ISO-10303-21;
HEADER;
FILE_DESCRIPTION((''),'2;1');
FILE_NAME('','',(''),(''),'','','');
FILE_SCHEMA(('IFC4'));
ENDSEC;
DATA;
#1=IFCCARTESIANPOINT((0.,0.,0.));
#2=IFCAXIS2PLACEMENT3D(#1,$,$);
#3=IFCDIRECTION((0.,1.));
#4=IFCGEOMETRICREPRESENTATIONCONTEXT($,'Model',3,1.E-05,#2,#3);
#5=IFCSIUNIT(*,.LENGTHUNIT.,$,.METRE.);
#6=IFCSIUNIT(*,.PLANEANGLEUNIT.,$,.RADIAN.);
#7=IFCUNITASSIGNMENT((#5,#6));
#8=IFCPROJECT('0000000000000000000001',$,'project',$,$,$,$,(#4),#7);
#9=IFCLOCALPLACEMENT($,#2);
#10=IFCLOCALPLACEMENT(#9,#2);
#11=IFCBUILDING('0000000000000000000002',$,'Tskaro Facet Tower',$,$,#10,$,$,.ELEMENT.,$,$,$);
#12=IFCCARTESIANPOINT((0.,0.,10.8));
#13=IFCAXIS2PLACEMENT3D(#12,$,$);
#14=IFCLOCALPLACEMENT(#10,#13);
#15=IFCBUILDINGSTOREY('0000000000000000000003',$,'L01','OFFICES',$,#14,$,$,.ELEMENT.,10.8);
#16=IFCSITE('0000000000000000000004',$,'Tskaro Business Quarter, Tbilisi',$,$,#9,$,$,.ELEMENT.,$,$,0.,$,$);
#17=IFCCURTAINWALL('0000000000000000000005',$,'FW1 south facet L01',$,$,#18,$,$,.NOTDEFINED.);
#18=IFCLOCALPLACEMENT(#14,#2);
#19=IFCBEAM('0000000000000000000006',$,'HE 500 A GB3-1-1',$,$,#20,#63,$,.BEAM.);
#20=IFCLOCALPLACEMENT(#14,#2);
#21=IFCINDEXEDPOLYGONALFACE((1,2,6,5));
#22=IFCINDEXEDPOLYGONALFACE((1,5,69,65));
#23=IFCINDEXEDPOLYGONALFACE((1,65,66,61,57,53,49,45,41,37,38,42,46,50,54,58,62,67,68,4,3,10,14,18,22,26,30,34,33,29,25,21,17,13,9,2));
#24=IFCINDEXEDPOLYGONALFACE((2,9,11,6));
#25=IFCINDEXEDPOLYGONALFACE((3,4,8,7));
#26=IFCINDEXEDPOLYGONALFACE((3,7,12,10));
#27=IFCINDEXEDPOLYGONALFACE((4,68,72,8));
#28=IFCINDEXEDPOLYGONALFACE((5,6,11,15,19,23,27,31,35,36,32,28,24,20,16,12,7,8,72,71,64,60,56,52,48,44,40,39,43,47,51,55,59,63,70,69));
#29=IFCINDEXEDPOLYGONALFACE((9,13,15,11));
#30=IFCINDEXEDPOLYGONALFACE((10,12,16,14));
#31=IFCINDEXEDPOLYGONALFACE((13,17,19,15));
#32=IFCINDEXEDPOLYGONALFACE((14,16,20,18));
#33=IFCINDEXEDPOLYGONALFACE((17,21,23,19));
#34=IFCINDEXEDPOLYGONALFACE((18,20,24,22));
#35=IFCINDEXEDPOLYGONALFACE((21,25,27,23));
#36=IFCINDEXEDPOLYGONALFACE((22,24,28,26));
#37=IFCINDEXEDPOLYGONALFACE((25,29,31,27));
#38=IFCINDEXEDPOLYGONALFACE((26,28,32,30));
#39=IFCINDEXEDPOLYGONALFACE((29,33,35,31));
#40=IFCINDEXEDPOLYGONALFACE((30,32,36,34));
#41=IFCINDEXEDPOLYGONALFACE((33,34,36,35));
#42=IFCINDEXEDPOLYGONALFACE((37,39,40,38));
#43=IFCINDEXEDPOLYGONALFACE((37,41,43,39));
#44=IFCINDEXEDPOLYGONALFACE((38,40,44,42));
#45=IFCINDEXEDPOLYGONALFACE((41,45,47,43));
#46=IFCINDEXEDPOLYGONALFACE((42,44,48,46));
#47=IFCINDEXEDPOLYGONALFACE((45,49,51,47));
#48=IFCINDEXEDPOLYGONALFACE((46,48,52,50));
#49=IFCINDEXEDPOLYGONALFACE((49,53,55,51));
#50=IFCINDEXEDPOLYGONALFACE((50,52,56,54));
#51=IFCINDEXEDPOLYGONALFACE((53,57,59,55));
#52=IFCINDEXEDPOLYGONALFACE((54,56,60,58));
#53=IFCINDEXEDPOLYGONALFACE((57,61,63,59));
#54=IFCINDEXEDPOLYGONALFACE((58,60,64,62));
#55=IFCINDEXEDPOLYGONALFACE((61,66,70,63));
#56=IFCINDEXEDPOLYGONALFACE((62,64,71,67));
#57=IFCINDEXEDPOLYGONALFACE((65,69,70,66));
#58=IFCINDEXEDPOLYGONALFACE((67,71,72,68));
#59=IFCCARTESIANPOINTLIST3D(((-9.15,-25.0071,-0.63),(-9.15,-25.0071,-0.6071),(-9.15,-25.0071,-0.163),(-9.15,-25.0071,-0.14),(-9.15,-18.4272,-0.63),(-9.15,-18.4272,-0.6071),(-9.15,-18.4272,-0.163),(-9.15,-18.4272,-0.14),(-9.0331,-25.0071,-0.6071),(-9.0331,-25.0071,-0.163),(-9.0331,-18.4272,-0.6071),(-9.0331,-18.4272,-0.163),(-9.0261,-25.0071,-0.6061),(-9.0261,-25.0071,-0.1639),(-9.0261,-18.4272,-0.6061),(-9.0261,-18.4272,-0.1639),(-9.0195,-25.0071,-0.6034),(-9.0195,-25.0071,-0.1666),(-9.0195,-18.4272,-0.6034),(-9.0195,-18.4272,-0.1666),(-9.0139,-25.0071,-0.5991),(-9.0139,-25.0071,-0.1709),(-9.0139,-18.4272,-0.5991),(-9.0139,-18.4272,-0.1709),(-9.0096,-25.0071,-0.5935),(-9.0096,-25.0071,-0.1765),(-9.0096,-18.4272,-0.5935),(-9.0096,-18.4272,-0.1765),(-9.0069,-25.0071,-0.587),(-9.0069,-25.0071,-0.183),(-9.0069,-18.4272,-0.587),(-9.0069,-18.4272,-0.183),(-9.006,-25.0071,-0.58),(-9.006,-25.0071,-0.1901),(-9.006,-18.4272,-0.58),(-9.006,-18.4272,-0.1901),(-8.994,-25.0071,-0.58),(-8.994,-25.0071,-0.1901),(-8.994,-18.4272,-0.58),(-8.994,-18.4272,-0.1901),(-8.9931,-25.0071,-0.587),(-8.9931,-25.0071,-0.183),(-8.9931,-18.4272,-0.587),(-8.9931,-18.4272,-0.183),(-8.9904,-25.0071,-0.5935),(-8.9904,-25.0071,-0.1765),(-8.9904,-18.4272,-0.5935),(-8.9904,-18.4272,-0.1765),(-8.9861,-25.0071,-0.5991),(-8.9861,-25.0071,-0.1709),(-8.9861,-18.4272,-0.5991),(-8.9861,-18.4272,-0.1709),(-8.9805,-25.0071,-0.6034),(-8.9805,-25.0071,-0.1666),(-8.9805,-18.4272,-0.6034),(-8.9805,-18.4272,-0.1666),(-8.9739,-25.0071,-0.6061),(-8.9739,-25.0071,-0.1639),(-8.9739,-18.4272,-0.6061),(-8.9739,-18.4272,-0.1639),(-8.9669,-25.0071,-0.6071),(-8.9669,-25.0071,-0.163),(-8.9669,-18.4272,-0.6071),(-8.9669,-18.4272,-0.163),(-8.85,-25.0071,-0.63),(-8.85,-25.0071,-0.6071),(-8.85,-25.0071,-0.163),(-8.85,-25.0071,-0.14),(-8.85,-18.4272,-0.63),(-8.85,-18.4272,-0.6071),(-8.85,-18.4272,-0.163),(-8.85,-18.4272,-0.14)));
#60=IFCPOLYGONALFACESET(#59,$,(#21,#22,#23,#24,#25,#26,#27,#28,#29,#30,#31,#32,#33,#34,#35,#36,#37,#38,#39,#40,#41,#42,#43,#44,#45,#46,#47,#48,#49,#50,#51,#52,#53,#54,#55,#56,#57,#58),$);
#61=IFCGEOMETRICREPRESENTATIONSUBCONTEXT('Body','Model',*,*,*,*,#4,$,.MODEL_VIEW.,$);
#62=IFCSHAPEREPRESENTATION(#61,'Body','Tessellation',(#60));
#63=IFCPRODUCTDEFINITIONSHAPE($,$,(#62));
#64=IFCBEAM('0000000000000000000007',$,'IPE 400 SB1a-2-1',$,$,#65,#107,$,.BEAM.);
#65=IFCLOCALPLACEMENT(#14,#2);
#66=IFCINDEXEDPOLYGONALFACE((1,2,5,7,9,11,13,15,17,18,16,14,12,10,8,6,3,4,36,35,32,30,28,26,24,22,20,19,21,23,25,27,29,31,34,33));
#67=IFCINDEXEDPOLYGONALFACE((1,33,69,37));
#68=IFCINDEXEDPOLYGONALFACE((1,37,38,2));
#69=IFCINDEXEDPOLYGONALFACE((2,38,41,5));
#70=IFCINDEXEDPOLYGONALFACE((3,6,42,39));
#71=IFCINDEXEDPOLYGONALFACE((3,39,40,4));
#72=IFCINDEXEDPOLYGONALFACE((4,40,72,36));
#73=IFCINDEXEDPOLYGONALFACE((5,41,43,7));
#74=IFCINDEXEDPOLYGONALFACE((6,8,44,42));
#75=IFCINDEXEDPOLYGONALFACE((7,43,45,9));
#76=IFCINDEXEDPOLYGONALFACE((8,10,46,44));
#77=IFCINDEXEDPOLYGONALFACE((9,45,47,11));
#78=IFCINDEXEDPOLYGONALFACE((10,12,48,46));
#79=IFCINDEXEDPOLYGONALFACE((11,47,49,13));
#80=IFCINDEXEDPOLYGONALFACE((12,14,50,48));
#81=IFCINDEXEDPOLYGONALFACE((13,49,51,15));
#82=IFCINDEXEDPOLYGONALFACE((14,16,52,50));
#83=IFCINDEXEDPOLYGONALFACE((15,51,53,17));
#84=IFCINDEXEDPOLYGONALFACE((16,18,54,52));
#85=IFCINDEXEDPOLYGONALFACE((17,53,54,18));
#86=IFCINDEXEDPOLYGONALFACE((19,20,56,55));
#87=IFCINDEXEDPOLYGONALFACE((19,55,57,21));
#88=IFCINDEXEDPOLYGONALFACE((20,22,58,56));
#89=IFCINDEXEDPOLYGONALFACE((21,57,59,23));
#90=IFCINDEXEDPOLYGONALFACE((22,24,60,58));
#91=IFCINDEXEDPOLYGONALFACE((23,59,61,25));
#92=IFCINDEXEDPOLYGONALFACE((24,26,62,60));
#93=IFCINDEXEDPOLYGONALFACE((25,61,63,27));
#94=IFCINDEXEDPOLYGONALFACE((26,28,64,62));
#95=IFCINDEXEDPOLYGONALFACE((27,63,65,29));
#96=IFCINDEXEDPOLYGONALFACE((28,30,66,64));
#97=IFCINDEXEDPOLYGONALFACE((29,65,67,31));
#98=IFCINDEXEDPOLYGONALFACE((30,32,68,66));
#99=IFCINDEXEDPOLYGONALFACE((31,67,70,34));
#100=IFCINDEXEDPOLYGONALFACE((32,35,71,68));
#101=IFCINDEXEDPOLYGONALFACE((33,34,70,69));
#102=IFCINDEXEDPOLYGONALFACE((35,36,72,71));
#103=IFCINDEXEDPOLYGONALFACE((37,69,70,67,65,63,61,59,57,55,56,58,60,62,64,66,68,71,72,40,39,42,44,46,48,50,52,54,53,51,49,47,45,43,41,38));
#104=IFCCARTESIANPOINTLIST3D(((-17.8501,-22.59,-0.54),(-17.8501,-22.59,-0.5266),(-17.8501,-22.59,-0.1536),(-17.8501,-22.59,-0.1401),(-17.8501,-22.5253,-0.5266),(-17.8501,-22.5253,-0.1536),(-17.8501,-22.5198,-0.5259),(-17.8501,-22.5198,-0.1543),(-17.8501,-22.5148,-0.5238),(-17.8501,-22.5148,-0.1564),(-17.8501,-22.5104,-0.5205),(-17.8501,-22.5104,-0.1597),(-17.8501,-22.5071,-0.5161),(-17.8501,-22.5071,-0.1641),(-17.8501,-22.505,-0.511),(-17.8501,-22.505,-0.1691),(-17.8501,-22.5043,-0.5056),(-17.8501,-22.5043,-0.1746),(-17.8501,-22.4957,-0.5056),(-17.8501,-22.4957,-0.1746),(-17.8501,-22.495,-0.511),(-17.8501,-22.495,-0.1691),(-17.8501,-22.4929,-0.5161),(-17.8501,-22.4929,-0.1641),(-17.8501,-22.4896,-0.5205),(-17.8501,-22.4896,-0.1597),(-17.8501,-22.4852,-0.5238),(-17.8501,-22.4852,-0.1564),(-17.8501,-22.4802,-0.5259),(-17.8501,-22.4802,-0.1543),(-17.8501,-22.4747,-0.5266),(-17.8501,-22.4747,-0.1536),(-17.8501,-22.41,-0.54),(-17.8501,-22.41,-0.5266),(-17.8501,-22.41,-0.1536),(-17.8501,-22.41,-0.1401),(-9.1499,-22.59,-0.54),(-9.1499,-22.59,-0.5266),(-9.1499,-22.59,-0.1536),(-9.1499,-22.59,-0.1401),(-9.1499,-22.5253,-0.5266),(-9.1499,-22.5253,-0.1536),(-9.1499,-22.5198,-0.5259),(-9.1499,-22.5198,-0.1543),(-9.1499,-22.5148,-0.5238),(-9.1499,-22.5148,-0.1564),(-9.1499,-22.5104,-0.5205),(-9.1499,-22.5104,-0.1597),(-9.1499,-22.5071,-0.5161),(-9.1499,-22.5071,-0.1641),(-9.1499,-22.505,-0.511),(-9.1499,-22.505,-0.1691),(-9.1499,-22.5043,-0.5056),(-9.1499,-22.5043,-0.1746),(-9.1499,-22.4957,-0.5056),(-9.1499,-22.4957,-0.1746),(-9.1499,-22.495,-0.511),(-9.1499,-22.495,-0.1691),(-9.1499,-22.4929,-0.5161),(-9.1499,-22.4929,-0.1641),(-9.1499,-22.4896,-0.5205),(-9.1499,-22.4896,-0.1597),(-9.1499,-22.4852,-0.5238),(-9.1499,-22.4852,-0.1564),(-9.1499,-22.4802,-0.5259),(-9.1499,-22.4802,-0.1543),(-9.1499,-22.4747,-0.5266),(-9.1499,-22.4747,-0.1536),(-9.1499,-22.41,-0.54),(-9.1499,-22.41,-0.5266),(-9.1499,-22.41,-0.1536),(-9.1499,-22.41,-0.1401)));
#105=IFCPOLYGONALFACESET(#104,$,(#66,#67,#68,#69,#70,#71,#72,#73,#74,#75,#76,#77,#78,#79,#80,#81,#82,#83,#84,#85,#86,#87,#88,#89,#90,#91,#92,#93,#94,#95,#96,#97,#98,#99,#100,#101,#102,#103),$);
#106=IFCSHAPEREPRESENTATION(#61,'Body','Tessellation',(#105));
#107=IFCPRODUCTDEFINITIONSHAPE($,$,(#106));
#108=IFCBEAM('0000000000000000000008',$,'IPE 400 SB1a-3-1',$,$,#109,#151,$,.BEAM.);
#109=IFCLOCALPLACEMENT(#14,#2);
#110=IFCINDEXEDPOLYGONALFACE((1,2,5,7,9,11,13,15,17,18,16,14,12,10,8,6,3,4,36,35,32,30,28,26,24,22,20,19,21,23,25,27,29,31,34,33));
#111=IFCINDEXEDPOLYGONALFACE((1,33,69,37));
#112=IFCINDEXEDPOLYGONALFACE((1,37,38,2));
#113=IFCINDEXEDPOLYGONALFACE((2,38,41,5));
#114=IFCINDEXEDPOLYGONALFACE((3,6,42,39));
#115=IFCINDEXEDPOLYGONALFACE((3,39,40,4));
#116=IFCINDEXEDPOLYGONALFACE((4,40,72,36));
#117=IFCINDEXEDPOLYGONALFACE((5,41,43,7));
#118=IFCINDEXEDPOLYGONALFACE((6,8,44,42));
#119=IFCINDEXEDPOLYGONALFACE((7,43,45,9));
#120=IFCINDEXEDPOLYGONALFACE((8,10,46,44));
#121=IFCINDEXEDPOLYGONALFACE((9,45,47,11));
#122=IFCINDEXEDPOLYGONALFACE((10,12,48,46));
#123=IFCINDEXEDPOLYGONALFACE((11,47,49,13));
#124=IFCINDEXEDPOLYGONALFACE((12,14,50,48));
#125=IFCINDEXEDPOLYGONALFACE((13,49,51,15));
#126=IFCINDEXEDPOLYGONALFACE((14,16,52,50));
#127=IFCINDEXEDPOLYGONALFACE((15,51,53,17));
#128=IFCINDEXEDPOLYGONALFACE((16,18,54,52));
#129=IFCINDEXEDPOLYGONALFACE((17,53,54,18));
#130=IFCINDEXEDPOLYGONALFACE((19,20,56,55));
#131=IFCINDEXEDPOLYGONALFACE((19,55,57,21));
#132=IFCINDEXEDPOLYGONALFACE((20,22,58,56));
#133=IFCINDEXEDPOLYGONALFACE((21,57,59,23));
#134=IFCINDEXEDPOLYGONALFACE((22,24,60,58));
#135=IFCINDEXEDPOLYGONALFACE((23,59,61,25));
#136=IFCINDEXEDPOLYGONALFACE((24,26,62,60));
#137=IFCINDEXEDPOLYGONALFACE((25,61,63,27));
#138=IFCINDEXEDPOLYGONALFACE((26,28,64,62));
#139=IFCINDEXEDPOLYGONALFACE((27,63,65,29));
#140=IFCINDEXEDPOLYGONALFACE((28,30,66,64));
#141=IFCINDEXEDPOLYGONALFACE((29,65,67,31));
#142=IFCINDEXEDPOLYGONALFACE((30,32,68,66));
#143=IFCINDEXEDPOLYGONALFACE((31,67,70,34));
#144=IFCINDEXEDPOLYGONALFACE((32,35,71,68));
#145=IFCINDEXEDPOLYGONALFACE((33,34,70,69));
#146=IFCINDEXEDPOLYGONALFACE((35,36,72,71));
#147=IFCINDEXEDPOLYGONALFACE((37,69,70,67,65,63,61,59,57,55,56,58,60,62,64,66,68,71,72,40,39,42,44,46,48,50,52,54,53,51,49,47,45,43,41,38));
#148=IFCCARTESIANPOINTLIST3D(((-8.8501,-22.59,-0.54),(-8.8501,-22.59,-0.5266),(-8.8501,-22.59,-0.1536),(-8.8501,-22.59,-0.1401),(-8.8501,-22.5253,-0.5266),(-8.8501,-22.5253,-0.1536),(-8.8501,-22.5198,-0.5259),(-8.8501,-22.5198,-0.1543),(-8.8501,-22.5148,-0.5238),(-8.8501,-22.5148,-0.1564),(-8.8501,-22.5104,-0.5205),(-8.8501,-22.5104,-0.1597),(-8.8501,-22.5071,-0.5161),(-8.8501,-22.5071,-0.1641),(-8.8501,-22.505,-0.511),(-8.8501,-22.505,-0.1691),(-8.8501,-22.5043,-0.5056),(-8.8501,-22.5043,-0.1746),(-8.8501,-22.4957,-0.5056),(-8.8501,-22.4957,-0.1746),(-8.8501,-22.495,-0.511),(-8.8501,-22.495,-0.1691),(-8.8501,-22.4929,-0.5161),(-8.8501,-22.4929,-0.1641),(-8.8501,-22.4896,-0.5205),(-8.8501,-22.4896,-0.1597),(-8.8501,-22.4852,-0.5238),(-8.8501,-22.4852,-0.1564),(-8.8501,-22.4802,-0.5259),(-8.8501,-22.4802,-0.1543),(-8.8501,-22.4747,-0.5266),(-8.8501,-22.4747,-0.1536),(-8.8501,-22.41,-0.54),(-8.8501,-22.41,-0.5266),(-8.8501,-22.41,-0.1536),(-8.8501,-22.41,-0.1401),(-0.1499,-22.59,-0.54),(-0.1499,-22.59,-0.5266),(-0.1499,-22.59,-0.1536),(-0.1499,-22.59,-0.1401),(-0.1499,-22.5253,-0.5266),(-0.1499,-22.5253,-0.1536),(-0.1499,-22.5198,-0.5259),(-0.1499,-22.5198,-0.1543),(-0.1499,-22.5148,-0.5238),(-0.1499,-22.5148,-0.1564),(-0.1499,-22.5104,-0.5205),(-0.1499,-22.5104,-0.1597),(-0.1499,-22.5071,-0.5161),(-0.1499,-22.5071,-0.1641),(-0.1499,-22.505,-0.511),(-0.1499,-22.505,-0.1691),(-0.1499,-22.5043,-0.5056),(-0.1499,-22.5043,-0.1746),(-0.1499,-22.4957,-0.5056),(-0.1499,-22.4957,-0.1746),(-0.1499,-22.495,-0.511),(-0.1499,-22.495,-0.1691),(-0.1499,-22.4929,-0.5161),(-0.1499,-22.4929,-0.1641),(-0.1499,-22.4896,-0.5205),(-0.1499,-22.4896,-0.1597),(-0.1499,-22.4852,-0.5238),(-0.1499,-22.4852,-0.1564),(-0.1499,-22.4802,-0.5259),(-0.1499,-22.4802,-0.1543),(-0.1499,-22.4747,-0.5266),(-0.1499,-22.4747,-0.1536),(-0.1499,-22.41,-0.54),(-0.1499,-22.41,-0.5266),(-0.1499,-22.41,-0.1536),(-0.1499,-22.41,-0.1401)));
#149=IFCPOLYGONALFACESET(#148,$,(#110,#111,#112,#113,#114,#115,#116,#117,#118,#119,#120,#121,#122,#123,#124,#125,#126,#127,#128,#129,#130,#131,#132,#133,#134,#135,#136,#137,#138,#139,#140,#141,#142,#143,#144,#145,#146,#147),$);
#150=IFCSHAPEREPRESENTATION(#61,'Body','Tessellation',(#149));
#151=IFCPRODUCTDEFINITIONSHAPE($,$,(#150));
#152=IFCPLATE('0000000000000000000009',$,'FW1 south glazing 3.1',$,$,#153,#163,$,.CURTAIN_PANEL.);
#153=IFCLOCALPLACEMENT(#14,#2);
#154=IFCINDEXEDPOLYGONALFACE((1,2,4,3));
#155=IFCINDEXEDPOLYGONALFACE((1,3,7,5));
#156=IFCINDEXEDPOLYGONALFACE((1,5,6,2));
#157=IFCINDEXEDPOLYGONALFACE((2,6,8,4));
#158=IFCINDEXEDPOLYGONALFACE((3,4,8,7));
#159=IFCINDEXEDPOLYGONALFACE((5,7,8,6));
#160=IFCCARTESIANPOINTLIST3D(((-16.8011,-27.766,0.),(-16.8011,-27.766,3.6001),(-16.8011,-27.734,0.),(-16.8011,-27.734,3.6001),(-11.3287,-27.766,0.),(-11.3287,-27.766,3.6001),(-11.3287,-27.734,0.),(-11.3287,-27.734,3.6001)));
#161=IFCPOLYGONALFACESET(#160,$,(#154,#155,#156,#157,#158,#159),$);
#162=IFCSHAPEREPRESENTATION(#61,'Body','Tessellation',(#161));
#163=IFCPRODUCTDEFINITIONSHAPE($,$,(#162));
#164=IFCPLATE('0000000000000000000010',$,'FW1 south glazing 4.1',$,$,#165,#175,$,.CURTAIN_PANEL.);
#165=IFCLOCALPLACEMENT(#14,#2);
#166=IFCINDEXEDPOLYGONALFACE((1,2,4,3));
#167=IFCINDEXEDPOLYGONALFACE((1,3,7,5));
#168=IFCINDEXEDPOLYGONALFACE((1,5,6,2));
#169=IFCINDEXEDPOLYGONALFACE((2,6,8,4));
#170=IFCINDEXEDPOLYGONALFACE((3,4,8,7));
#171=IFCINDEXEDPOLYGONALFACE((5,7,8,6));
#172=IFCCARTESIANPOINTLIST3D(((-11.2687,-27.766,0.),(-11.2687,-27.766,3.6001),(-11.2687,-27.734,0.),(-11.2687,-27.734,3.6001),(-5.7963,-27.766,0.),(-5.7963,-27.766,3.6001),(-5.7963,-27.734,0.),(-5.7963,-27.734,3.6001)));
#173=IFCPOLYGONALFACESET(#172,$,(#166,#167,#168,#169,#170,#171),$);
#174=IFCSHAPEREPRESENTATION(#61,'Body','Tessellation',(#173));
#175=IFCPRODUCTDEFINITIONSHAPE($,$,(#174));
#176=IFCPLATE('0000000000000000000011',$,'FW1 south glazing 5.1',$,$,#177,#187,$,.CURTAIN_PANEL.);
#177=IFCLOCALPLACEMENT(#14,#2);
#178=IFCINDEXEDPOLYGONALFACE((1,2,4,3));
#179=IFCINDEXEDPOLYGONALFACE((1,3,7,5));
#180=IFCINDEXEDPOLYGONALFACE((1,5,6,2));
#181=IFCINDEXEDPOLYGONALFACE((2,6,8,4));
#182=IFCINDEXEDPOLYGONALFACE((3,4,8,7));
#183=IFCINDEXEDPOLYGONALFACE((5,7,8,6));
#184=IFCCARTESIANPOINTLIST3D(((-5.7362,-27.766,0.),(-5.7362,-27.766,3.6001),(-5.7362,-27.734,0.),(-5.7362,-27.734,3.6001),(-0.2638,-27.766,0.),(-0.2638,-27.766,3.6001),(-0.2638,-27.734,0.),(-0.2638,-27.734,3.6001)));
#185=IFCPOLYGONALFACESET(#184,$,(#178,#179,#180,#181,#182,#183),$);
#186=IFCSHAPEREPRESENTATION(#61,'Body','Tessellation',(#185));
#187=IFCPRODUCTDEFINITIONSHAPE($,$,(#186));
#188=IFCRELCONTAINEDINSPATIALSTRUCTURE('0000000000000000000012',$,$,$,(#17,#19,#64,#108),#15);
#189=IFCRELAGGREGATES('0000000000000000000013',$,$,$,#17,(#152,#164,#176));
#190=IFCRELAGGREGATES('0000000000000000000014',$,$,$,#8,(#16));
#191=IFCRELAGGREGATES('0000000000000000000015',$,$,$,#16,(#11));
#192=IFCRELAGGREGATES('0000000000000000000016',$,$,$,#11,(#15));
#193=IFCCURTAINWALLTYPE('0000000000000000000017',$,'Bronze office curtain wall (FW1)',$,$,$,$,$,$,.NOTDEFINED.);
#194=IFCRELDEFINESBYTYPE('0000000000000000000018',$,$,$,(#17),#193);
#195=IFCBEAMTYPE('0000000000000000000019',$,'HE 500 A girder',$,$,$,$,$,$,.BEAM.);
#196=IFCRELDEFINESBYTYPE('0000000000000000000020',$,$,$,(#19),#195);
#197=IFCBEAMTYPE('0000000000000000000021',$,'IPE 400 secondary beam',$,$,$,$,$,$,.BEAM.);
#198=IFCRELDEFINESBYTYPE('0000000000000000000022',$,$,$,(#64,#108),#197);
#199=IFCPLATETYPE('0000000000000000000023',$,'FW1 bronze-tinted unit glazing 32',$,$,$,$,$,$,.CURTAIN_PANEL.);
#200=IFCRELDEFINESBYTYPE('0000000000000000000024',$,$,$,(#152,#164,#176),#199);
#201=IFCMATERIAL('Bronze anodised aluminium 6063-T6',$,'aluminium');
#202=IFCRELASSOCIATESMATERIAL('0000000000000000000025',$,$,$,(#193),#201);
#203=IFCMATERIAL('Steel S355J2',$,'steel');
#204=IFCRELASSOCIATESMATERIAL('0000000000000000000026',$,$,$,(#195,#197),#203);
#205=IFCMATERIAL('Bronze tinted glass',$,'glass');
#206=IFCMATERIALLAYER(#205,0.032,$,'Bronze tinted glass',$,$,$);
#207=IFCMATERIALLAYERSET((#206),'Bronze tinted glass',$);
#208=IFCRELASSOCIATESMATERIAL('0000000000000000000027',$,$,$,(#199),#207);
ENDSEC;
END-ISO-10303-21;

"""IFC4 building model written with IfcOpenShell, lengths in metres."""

from ifc_helpers import new_model, si_unit, direction, frame, origin, origin_2d, place, context, subcontext, project, spatial, rectangle, i_section, extrude, material, layer, layer_set, material_profile, profile_set, type_object, element, aggregate, save


model = new_model("IFC4")

# Units and contexts
model_context = context("Model", 3, precision=1e-05, world=origin(), true_north=direction((0.0, 1.0)))
body_context = subcontext(model_context, "Body", "Model", "MODEL_VIEW")
ifc_project = project(units=[si_unit("LENGTHUNIT", "METRE"), si_unit("PLANEANGLEUNIT", "RADIAN")], contexts=[model_context])

# Site, building, storey
site_placement = place(None, origin())
site = spatial("IfcSite", under=ifc_project, at=site_placement, Name="Tskaro Business Quarter, Tbilisi", CompositionType="ELEMENT", RefElevation=0.0)
building_placement = place(site_placement, origin())
building = spatial("IfcBuilding", under=site, at=building_placement, Name="Tskaro Facet Tower", CompositionType="ELEMENT")
storey_placement = place(building_placement, frame((0.0, 0.0, 10.8)))
storey = spatial("IfcBuildingStorey", under=building, at=storey_placement, Name="L01", Description="OFFICES", CompositionType="ELEMENT", Elevation=10.8)

# Curtain wall
ifc_material_1 = material(Name="Bronze anodised aluminium 6063-T6", Category="aluminium")
curtain_wall_type = type_object("IfcCurtainWallType", Name="Bronze office curtain wall (FW1)", PredefinedType="NOTDEFINED", material=ifc_material_1)
curtain_wall_placement = place(storey_placement, origin())
curtain_wall = element("IfcCurtainWall", 1, at=curtain_wall_placement, inside=storey, type_object=curtain_wall_type, Name="FW1 south facet L01", PredefinedType="NOTDEFINED")

# Beams
ifc_material_2 = material(Name="Steel S355J2", Category="steel")
ifc_material_profile_1 = material_profile(ifc_material_2, i_section(OverallWidth=0.3, OverallDepth=0.49, WebThickness=0.012, FlangeThickness=0.0229, FilletRadius=0.0271, at=origin_2d()), Name="HE 500 A")
ifc_profile_set_1 = profile_set([ifc_material_profile_1], Name="Steel S355J2")
beam_type_1 = type_object("IfcBeamType", Name="HE 500 A girder", PredefinedType="BEAM", material=ifc_profile_set_1)
beam_1_placement = place(storey_placement, frame((-9.0, -25.0071, -0.385), z_axis=(0.0, 1.0, 0.0), x_axis=(-1.0, 0.0, 0.0)))
element("IfcBeam", 2, at=beam_1_placement, inside=storey, type_object=beam_type_1, Name="HE 500 A GB3-1-1", PredefinedType="BEAM", context=body_context, shape_type="SweptSolid", body=[
    extrude(i_section(OverallWidth=0.3, OverallDepth=0.49, WebThickness=0.012, FlangeThickness=0.0229, FilletRadius=0.0271, at=origin_2d()), origin(), (0.0, 0.0, 1.0), 6.5798),
])
ifc_material_profile_2 = material_profile(ifc_material_2, i_section(OverallWidth=0.1799, OverallDepth=0.3999, WebThickness=0.0085, FlangeThickness=0.0134, FilletRadius=0.021, at=origin_2d()), Name="IPE 400")
ifc_profile_set_2 = profile_set([ifc_material_profile_2], Name="Steel S355J2")
beam_type_2 = type_object("IfcBeamType", Name="IPE 400 secondary beam", PredefinedType="BEAM", material=ifc_profile_set_2)
for number, where, z_axis, x_axis, name in (
    (3, (-17.8501, -22.5, -0.3401), (1.0, 0.0, 0.0), (0.0, 1.0, 0.0), "IPE 400 SB1a-2-1"),
    (4, (-8.8501, -22.5, -0.3401), (1.0, 0.0, 0.0), (0.0, 1.0, 0.0), "IPE 400 SB1a-3-1"),
):
    element("IfcBeam", number, at=place(storey_placement, frame(where, z_axis=z_axis, x_axis=x_axis)), inside=storey, type_object=beam_type_2, Name=name, PredefinedType="BEAM", context=body_context, shape_type="SweptSolid", body=[
        extrude(i_section(OverallWidth=0.1799, OverallDepth=0.3999, WebThickness=0.0085, FlangeThickness=0.0134, FilletRadius=0.021, at=origin_2d()), origin(), (0.0, 0.0, 1.0), 8.7002),
    ])

# Plates
ifc_material_3 = material(Name="Bronze tinted glass", Category="glass")
ifc_layer_1 = layer(ifc_material_3, 0.032, Name="Bronze tinted glass")
ifc_layer_set_1 = layer_set([ifc_layer_1], Name="Bronze tinted glass")
plate_type = type_object("IfcPlateType", Name="FW1 bronze-tinted unit glazing 32", PredefinedType="CURTAIN_PANEL", material=ifc_layer_set_1)
plate_1_placement = place(storey_placement, frame((-14.0649, -27.75, 0.0), z_axis=(0.0, 0.0, 1.0), x_axis=(1.0, 0.0, 0.0)))
plate_1 = element("IfcPlate", 5, at=plate_1_placement, type_object=plate_type, Name="FW1 south glazing 3.1", PredefinedType="CURTAIN_PANEL", context=body_context, shape_type="SweptSolid", body=[
    extrude(rectangle(XDim=5.4724, YDim=0.032, at=origin_2d()), origin(), (0.0, 0.0, 1.0), 3.6001),
])
plate_2_placement = place(storey_placement, frame((-8.5325, -27.75, 0.0), z_axis=(0.0, 0.0, 1.0), x_axis=(1.0, 0.0, 0.0)))
plate_2 = element("IfcPlate", 6, at=plate_2_placement, type_object=plate_type, Name="FW1 south glazing 4.1", PredefinedType="CURTAIN_PANEL", context=body_context, shape_type="SweptSolid", body=[
    extrude(rectangle(XDim=5.4724, YDim=0.032, at=origin_2d()), origin(), (0.0, 0.0, 1.0), 3.6001),
])
plate_3_placement = place(storey_placement, frame((-3.0, -27.75, 0.0), z_axis=(0.0, 0.0, 1.0), x_axis=(1.0, 0.0, 0.0)))
plate_3 = element("IfcPlate", 7, at=plate_3_placement, type_object=plate_type, Name="FW1 south glazing 5.1", PredefinedType="CURTAIN_PANEL", context=body_context, shape_type="SweptSolid", body=[
    extrude(rectangle(XDim=5.4724, YDim=0.032, at=origin_2d()), origin(), (0.0, 0.0, 1.0), 3.6001),
])
aggregate(curtain_wall, [plate_1, plate_2, plate_3])

save(model, "model.ifc")
